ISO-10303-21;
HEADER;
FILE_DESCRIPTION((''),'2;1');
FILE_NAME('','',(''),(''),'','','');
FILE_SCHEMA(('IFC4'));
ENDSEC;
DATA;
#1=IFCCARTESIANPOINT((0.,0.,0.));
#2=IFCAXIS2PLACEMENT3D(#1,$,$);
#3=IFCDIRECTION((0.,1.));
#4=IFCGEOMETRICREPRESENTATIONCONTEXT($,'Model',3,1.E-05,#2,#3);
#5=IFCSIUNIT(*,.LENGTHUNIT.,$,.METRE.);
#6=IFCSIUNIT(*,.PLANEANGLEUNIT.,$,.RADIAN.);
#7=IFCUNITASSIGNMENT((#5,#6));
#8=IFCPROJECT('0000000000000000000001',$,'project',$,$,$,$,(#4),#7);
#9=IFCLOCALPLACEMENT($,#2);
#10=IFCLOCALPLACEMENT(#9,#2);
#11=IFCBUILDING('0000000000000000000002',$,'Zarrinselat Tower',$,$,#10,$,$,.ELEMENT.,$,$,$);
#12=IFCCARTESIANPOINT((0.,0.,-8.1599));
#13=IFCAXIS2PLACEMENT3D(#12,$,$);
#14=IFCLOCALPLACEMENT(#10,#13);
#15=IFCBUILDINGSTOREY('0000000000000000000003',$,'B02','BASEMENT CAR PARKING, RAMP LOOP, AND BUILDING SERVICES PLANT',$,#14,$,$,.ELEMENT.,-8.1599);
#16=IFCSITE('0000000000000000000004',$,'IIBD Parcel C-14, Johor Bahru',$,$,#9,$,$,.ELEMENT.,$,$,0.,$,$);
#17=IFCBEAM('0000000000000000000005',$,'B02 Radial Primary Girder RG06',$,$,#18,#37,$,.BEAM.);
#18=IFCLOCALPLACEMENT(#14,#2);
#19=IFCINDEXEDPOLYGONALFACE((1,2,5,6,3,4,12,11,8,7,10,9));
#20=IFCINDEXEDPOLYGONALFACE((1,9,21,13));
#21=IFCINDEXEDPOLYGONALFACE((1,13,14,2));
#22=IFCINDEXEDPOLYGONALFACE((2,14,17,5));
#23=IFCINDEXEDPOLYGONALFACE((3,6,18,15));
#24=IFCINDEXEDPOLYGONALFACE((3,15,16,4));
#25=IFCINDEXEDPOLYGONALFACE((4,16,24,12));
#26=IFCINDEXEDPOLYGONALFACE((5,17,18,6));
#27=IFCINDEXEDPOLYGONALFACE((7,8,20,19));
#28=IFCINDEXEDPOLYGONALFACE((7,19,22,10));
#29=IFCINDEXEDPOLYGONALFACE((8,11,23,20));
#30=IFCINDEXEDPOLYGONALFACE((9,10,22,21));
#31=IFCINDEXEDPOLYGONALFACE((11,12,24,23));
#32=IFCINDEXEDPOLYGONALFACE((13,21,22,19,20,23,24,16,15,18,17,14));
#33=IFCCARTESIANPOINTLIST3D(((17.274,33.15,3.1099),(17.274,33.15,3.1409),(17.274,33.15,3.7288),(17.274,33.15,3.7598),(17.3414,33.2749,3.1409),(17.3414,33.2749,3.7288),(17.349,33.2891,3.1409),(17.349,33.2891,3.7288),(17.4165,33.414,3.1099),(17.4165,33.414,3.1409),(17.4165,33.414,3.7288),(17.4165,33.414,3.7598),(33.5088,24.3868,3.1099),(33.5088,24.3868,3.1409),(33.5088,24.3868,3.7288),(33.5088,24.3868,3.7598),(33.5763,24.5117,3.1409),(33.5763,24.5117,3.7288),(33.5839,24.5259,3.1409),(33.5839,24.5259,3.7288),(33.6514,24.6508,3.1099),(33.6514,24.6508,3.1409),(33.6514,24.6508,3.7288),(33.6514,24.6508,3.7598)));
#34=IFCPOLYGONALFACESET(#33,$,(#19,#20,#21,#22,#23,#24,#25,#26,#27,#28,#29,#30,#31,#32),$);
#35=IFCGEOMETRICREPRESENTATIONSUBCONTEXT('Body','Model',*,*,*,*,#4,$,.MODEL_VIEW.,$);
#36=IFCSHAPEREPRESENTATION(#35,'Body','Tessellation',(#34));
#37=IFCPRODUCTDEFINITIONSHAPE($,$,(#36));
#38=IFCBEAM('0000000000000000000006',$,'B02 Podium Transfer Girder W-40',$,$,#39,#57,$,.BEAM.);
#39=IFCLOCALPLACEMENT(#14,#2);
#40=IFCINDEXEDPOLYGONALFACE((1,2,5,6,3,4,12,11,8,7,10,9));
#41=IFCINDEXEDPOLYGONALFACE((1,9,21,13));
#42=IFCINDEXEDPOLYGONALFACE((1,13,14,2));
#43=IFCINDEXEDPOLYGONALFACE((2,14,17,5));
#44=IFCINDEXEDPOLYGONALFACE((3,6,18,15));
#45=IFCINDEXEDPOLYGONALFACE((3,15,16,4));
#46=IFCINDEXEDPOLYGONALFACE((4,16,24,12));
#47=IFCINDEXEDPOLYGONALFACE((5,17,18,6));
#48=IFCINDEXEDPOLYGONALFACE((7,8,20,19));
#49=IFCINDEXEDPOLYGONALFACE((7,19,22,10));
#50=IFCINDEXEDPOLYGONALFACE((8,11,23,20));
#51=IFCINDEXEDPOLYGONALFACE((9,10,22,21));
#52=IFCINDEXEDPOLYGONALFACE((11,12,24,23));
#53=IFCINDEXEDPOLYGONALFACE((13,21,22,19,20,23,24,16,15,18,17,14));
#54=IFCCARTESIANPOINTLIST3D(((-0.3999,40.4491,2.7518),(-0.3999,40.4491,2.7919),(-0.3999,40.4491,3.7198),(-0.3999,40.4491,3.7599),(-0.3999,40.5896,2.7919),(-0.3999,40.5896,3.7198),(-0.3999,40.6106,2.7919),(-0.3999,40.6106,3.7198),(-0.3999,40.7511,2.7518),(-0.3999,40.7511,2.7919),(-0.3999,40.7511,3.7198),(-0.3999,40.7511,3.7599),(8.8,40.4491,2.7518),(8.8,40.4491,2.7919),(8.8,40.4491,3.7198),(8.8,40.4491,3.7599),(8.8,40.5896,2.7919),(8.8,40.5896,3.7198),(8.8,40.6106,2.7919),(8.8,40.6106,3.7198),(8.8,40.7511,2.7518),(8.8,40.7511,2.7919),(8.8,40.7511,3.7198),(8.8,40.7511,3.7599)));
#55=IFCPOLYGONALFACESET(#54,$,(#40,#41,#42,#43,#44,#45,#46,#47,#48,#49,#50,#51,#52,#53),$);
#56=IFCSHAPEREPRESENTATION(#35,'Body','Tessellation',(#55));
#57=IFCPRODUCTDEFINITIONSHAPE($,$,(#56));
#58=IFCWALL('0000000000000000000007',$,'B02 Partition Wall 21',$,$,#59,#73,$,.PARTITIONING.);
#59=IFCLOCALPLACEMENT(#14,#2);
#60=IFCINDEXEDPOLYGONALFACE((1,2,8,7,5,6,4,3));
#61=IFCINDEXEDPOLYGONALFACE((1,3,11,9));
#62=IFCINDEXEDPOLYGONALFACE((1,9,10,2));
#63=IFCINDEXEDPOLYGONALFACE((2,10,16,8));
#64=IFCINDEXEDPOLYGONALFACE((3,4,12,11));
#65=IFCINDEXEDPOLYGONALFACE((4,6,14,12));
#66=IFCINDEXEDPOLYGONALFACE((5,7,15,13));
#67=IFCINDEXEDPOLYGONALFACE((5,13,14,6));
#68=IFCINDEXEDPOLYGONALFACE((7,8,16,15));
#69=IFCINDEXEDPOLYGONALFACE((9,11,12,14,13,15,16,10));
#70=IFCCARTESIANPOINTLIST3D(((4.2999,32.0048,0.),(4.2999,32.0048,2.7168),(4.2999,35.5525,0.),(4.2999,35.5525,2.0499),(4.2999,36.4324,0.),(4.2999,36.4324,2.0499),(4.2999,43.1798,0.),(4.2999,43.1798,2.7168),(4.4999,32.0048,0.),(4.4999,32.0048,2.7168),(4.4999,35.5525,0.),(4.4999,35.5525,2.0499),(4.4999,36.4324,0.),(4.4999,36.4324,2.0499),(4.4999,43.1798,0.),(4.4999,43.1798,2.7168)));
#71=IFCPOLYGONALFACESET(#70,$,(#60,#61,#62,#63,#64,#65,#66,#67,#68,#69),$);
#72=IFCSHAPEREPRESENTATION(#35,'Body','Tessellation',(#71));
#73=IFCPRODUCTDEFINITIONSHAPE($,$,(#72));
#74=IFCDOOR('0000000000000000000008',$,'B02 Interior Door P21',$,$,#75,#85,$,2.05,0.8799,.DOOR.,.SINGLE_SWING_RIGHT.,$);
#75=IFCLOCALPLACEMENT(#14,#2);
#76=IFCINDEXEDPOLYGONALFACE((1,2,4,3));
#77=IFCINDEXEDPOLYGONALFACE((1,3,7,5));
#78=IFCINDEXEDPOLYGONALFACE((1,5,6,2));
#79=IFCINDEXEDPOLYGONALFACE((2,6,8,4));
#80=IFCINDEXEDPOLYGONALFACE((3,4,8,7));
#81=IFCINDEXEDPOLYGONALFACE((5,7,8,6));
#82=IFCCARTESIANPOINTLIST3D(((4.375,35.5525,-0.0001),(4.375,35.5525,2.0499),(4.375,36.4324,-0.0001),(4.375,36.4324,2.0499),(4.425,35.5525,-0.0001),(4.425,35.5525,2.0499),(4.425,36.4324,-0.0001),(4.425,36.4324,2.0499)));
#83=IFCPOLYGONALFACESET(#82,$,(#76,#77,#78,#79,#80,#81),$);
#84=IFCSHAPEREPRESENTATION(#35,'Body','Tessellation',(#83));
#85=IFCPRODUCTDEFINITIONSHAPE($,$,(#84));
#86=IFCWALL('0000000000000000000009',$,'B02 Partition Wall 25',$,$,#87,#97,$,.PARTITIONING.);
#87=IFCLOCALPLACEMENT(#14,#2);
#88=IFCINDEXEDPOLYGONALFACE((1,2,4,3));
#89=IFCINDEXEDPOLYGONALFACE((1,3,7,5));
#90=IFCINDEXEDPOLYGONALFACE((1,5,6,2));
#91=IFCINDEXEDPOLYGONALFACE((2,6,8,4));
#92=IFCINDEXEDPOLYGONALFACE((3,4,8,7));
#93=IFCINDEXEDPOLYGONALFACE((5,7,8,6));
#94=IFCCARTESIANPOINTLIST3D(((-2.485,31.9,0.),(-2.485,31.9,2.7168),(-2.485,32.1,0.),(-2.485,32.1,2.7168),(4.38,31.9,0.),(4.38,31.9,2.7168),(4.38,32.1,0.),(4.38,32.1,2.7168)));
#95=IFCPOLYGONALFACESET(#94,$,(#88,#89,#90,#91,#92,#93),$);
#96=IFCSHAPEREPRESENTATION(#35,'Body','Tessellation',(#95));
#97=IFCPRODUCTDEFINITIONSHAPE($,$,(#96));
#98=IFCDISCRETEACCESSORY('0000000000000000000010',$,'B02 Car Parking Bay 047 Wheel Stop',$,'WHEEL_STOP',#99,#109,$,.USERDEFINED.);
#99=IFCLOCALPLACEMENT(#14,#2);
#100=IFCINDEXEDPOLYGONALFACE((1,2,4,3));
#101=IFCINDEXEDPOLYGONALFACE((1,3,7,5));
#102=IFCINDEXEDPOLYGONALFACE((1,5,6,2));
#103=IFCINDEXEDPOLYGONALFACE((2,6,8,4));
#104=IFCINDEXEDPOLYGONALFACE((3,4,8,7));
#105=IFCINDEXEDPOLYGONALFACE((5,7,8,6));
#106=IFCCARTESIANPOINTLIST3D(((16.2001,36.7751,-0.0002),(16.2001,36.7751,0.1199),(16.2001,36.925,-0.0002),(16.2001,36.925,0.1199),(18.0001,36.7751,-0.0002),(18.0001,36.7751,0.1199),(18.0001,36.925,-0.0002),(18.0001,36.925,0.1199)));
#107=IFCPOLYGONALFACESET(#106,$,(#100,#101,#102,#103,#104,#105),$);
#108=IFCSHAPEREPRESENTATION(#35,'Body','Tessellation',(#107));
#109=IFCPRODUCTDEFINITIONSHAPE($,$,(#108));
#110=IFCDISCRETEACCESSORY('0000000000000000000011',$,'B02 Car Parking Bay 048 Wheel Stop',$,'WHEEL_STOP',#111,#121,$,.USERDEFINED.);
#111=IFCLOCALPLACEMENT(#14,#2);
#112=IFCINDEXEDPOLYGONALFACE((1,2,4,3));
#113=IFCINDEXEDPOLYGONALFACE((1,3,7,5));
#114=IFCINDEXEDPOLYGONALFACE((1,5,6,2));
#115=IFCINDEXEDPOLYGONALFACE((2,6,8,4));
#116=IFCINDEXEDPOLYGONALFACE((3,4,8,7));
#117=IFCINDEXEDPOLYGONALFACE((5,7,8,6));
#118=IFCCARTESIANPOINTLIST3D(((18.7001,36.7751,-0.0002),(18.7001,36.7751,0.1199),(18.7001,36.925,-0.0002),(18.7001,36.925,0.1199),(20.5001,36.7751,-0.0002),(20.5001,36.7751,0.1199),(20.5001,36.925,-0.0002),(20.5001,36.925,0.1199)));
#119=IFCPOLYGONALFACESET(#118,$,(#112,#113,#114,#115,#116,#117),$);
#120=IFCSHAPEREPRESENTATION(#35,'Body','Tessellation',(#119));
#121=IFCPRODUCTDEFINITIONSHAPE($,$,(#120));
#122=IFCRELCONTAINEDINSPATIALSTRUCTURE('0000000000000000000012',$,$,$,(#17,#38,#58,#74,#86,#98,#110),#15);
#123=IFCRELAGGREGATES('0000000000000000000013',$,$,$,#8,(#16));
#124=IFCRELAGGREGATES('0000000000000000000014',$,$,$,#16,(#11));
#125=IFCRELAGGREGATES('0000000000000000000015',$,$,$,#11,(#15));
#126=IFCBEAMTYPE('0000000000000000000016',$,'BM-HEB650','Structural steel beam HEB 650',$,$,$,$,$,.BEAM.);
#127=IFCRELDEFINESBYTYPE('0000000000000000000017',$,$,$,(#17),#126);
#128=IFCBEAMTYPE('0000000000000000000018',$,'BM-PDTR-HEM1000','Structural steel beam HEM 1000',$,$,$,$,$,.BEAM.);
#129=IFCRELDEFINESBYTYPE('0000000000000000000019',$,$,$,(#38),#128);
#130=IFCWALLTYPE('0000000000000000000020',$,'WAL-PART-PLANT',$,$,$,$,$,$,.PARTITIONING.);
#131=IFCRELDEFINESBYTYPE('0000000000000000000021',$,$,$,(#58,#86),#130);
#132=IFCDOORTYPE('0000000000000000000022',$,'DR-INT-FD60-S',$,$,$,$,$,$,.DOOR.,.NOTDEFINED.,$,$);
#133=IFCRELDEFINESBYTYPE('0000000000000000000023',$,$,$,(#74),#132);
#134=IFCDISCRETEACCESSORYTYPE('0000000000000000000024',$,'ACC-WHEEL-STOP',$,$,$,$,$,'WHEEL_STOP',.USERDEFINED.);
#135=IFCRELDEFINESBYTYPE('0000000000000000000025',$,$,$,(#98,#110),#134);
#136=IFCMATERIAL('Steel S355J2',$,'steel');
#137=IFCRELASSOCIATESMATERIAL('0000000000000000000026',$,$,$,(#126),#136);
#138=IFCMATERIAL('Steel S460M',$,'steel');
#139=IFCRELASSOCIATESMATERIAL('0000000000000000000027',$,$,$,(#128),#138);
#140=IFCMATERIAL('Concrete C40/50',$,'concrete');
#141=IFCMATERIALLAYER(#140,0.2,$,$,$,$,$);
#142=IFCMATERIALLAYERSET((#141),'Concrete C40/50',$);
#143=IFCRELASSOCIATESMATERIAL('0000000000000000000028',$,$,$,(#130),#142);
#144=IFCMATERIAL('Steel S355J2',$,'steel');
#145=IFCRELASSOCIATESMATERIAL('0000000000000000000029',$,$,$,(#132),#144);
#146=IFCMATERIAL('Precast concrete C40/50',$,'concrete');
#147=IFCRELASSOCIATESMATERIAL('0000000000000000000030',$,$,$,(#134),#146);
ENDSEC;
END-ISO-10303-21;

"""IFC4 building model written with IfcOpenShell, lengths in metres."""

from ifc_helpers import new_model, si_unit, direction, frame, frame_2d, origin, origin_2d, place, context, subcontext, project, spatial, rectangle, i_section, extrude, material, layer, layer_set, material_profile, profile_set, type_object, element, fill, save


model = new_model("IFC4")

# Units and contexts
model_context = context("Model", 3, precision=1e-05, world=origin(), true_north=direction((0.0, 1.0)))
body_context = subcontext(model_context, "Body", "Model", "MODEL_VIEW")
ifc_project = project(units=[si_unit("LENGTHUNIT", "METRE"), si_unit("PLANEANGLEUNIT", "RADIAN")], contexts=[model_context])

# Site, building, storey
site_placement = place(None, origin())
site = spatial("IfcSite", under=ifc_project, at=site_placement, Name="IIBD Parcel C-14, Johor Bahru", CompositionType="ELEMENT", RefElevation=0.0)
building_placement = place(site_placement, origin())
building = spatial("IfcBuilding", under=site, at=building_placement, Name="Zarrinselat Tower", CompositionType="ELEMENT")
storey_placement = place(building_placement, frame((0.0, 0.0, -8.1599)))
storey = spatial("IfcBuildingStorey", under=building, at=storey_placement, Name="B02", Description="BASEMENT CAR PARKING, RAMP LOOP, AND BUILDING SERVICES PLANT", CompositionType="ELEMENT", Elevation=-8.1599)

# Beams
ifc_material_1 = material(Name="Steel S355J2", Category="steel")
ifc_material_profile_1 = material_profile(ifc_material_1, i_section(OverallWidth=0.3, OverallDepth=0.6499, WebThickness=0.0161, FlangeThickness=0.031, at=origin_2d()), Name="HEB 650")
ifc_profile_set_1 = profile_set([ifc_material_profile_1], Name="Steel S355J2")
beam_type_1 = type_object("IfcBeamType", Name="BM-HEB650", Description="Structural steel beam HEB 650", PredefinedType="BEAM", material=ifc_profile_set_1)
beam_1_placement = place(storey_placement, frame((17.3452, 33.282, 3.4348), z_axis=(0.879988, -0.474996, 0.0), x_axis=(0.474996, 0.879988, 0.0)))
element("IfcBeam", 1, at=beam_1_placement, inside=storey, type_object=beam_type_1, Name="B02 Radial Primary Girder RG06", PredefinedType="BEAM", context=body_context, shape_type="SweptSolid", body=[
    extrude(i_section(OverallWidth=0.3, OverallDepth=0.6499, WebThickness=0.0161, FlangeThickness=0.031, at=origin_2d()), origin(), (0.0, 0.0, 1.0), 18.449),
])
ifc_material_2 = material(Name="Steel S460M", Category="steel")
ifc_material_profile_2 = material_profile(ifc_material_2, i_section(OverallWidth=0.302, OverallDepth=1.0081, WebThickness=0.021, FlangeThickness=0.04, at=origin_2d()), Name="HEM 1000")
ifc_profile_set_2 = profile_set([ifc_material_profile_2], Name="Steel S460M")
beam_type_2 = type_object("IfcBeamType", Name="BM-PDTR-HEM1000", Description="Structural steel beam HEM 1000", PredefinedType="BEAM", material=ifc_profile_set_2)
beam_2_placement = place(storey_placement, frame((-0.3999, 40.6001, 3.2559), z_axis=(1.0, 0.0, 0.0), x_axis=(0.0, 1.0, 0.0)))
element("IfcBeam", 2, at=beam_2_placement, inside=storey, type_object=beam_type_2, Name="B02 Podium Transfer Girder W-40", PredefinedType="BEAM", context=body_context, shape_type="SweptSolid", body=[
    extrude(i_section(OverallWidth=0.302, OverallDepth=1.0081, WebThickness=0.021, FlangeThickness=0.04, at=origin_2d()), origin(), (0.0, 0.0, 1.0), 9.2),
])

# Wall, opening, door
ifc_material_3 = material(Name="Concrete C40/50", Category="concrete")
ifc_layer = layer(ifc_material_3, 0.2)
ifc_layer_set = layer_set([ifc_layer], Name="Concrete C40/50")
wall_type = type_object("IfcWallType", Name="WAL-PART-PLANT", PredefinedType="PARTITIONING", material=ifc_layer_set)
wall_1_placement = place(storey_placement, frame((4.3999, 32.0049, 0.0), z_axis=(0.0, 0.0, 1.0), x_axis=(0.0, 1.0, 0.0)))
wall_1 = element("IfcWall", 3, at=wall_1_placement, inside=storey, type_object=wall_type, Name="B02 Partition Wall 21", PredefinedType="PARTITIONING", context=body_context, shape_type="SweptSolid", body=[
    extrude(rectangle(XDim=11.175, YDim=0.2, at=frame_2d((5.5874, 0.0))), origin(), (0.0, 0.0, 1.0), 2.7168),
])
opening_placement = place(wall_1_placement, frame((3.5476, 0.0, 0.0)))
opening = element("IfcOpeningElement", 4, at=opening_placement, cuts=wall_1, PredefinedType="OPENING", context=body_context, shape_type="SweptSolid", body=[
    extrude(rectangle(XDim=0.8799, YDim=2.05, at=frame_2d((0.4399, 1.0249))), frame((0.0, 0.1099, 0.0), z_axis=(0.0, -1.0, 0.0), x_axis=(1.0, 0.0, 0.0)), (0.0, 0.0, 1.0), 0.22),
])
ifc_material_4 = material(Name="Steel S355J2", Category="steel")
door_type = type_object("IfcDoorType", Name="DR-INT-FD60-S", OperationType="NOTDEFINED", PredefinedType="DOOR", material=ifc_material_4)
door_placement = place(opening_placement, origin())
door = element("IfcDoor", 5, at=door_placement, inside=storey, type_object=door_type, Name="B02 Interior Door P21", OperationType="SINGLE_SWING_RIGHT", OverallHeight=2.05, OverallWidth=0.8799, PredefinedType="DOOR", context=body_context, shape_type="SweptSolid", body=[
    extrude(rectangle(XDim=0.8799, YDim=2.05, at=frame_2d((0.4399, 1.0249))), frame((0.0, 0.0249, 0.0), z_axis=(0.0, -1.0, 0.0), x_axis=(1.0, 0.0, 0.0)), (0.0, 0.0, 1.0), 0.05),
])
fill(opening, door)

# Wall
wall_2_placement = place(storey_placement, frame((-2.4851, 32.0, 0.0), z_axis=(0.0, 0.0, 1.0), x_axis=(1.0, 0.0, 0.0)))
element("IfcWall", 6, at=wall_2_placement, inside=storey, type_object=wall_type, Name="B02 Partition Wall 25", PredefinedType="PARTITIONING", context=body_context, shape_type="SweptSolid", body=[
    extrude(rectangle(XDim=6.865, YDim=0.2, at=frame_2d((3.4326, 0.0))), origin(), (0.0, 0.0, 1.0), 2.7168),
])

# Discrete accessories
ifc_material_5 = material(Name="Precast concrete C40/50", Category="concrete")
discrete_accessory_type = type_object("IfcDiscreteAccessoryType", Name="ACC-WHEEL-STOP", ElementType="WHEEL_STOP", PredefinedType="USERDEFINED", material=ifc_material_5)
for number, where, z_axis, x_axis, name in (
    (7, (17.1001, 36.8501, -0.0002), (0.0, 0.0, 1.0), (1.0, 0.0, 0.0), "B02 Car Parking Bay 047 Wheel Stop"),
    (8, (19.6001, 36.8501, -0.0002), (0.0, 0.0, 1.0), (1.0, 0.0, 0.0), "B02 Car Parking Bay 048 Wheel Stop"),
):
    element("IfcDiscreteAccessory", number, at=place(storey_placement, frame(where, z_axis=z_axis, x_axis=x_axis)), inside=storey, type_object=discrete_accessory_type, Name=name, ObjectType="WHEEL_STOP", PredefinedType="USERDEFINED", context=body_context, shape_type="SweptSolid", body=[
        extrude(rectangle(XDim=1.8, YDim=0.1499, at=origin_2d()), origin(), (0.0, 0.0, 1.0), 0.1201),
    ])

save(model, "model.ifc")
